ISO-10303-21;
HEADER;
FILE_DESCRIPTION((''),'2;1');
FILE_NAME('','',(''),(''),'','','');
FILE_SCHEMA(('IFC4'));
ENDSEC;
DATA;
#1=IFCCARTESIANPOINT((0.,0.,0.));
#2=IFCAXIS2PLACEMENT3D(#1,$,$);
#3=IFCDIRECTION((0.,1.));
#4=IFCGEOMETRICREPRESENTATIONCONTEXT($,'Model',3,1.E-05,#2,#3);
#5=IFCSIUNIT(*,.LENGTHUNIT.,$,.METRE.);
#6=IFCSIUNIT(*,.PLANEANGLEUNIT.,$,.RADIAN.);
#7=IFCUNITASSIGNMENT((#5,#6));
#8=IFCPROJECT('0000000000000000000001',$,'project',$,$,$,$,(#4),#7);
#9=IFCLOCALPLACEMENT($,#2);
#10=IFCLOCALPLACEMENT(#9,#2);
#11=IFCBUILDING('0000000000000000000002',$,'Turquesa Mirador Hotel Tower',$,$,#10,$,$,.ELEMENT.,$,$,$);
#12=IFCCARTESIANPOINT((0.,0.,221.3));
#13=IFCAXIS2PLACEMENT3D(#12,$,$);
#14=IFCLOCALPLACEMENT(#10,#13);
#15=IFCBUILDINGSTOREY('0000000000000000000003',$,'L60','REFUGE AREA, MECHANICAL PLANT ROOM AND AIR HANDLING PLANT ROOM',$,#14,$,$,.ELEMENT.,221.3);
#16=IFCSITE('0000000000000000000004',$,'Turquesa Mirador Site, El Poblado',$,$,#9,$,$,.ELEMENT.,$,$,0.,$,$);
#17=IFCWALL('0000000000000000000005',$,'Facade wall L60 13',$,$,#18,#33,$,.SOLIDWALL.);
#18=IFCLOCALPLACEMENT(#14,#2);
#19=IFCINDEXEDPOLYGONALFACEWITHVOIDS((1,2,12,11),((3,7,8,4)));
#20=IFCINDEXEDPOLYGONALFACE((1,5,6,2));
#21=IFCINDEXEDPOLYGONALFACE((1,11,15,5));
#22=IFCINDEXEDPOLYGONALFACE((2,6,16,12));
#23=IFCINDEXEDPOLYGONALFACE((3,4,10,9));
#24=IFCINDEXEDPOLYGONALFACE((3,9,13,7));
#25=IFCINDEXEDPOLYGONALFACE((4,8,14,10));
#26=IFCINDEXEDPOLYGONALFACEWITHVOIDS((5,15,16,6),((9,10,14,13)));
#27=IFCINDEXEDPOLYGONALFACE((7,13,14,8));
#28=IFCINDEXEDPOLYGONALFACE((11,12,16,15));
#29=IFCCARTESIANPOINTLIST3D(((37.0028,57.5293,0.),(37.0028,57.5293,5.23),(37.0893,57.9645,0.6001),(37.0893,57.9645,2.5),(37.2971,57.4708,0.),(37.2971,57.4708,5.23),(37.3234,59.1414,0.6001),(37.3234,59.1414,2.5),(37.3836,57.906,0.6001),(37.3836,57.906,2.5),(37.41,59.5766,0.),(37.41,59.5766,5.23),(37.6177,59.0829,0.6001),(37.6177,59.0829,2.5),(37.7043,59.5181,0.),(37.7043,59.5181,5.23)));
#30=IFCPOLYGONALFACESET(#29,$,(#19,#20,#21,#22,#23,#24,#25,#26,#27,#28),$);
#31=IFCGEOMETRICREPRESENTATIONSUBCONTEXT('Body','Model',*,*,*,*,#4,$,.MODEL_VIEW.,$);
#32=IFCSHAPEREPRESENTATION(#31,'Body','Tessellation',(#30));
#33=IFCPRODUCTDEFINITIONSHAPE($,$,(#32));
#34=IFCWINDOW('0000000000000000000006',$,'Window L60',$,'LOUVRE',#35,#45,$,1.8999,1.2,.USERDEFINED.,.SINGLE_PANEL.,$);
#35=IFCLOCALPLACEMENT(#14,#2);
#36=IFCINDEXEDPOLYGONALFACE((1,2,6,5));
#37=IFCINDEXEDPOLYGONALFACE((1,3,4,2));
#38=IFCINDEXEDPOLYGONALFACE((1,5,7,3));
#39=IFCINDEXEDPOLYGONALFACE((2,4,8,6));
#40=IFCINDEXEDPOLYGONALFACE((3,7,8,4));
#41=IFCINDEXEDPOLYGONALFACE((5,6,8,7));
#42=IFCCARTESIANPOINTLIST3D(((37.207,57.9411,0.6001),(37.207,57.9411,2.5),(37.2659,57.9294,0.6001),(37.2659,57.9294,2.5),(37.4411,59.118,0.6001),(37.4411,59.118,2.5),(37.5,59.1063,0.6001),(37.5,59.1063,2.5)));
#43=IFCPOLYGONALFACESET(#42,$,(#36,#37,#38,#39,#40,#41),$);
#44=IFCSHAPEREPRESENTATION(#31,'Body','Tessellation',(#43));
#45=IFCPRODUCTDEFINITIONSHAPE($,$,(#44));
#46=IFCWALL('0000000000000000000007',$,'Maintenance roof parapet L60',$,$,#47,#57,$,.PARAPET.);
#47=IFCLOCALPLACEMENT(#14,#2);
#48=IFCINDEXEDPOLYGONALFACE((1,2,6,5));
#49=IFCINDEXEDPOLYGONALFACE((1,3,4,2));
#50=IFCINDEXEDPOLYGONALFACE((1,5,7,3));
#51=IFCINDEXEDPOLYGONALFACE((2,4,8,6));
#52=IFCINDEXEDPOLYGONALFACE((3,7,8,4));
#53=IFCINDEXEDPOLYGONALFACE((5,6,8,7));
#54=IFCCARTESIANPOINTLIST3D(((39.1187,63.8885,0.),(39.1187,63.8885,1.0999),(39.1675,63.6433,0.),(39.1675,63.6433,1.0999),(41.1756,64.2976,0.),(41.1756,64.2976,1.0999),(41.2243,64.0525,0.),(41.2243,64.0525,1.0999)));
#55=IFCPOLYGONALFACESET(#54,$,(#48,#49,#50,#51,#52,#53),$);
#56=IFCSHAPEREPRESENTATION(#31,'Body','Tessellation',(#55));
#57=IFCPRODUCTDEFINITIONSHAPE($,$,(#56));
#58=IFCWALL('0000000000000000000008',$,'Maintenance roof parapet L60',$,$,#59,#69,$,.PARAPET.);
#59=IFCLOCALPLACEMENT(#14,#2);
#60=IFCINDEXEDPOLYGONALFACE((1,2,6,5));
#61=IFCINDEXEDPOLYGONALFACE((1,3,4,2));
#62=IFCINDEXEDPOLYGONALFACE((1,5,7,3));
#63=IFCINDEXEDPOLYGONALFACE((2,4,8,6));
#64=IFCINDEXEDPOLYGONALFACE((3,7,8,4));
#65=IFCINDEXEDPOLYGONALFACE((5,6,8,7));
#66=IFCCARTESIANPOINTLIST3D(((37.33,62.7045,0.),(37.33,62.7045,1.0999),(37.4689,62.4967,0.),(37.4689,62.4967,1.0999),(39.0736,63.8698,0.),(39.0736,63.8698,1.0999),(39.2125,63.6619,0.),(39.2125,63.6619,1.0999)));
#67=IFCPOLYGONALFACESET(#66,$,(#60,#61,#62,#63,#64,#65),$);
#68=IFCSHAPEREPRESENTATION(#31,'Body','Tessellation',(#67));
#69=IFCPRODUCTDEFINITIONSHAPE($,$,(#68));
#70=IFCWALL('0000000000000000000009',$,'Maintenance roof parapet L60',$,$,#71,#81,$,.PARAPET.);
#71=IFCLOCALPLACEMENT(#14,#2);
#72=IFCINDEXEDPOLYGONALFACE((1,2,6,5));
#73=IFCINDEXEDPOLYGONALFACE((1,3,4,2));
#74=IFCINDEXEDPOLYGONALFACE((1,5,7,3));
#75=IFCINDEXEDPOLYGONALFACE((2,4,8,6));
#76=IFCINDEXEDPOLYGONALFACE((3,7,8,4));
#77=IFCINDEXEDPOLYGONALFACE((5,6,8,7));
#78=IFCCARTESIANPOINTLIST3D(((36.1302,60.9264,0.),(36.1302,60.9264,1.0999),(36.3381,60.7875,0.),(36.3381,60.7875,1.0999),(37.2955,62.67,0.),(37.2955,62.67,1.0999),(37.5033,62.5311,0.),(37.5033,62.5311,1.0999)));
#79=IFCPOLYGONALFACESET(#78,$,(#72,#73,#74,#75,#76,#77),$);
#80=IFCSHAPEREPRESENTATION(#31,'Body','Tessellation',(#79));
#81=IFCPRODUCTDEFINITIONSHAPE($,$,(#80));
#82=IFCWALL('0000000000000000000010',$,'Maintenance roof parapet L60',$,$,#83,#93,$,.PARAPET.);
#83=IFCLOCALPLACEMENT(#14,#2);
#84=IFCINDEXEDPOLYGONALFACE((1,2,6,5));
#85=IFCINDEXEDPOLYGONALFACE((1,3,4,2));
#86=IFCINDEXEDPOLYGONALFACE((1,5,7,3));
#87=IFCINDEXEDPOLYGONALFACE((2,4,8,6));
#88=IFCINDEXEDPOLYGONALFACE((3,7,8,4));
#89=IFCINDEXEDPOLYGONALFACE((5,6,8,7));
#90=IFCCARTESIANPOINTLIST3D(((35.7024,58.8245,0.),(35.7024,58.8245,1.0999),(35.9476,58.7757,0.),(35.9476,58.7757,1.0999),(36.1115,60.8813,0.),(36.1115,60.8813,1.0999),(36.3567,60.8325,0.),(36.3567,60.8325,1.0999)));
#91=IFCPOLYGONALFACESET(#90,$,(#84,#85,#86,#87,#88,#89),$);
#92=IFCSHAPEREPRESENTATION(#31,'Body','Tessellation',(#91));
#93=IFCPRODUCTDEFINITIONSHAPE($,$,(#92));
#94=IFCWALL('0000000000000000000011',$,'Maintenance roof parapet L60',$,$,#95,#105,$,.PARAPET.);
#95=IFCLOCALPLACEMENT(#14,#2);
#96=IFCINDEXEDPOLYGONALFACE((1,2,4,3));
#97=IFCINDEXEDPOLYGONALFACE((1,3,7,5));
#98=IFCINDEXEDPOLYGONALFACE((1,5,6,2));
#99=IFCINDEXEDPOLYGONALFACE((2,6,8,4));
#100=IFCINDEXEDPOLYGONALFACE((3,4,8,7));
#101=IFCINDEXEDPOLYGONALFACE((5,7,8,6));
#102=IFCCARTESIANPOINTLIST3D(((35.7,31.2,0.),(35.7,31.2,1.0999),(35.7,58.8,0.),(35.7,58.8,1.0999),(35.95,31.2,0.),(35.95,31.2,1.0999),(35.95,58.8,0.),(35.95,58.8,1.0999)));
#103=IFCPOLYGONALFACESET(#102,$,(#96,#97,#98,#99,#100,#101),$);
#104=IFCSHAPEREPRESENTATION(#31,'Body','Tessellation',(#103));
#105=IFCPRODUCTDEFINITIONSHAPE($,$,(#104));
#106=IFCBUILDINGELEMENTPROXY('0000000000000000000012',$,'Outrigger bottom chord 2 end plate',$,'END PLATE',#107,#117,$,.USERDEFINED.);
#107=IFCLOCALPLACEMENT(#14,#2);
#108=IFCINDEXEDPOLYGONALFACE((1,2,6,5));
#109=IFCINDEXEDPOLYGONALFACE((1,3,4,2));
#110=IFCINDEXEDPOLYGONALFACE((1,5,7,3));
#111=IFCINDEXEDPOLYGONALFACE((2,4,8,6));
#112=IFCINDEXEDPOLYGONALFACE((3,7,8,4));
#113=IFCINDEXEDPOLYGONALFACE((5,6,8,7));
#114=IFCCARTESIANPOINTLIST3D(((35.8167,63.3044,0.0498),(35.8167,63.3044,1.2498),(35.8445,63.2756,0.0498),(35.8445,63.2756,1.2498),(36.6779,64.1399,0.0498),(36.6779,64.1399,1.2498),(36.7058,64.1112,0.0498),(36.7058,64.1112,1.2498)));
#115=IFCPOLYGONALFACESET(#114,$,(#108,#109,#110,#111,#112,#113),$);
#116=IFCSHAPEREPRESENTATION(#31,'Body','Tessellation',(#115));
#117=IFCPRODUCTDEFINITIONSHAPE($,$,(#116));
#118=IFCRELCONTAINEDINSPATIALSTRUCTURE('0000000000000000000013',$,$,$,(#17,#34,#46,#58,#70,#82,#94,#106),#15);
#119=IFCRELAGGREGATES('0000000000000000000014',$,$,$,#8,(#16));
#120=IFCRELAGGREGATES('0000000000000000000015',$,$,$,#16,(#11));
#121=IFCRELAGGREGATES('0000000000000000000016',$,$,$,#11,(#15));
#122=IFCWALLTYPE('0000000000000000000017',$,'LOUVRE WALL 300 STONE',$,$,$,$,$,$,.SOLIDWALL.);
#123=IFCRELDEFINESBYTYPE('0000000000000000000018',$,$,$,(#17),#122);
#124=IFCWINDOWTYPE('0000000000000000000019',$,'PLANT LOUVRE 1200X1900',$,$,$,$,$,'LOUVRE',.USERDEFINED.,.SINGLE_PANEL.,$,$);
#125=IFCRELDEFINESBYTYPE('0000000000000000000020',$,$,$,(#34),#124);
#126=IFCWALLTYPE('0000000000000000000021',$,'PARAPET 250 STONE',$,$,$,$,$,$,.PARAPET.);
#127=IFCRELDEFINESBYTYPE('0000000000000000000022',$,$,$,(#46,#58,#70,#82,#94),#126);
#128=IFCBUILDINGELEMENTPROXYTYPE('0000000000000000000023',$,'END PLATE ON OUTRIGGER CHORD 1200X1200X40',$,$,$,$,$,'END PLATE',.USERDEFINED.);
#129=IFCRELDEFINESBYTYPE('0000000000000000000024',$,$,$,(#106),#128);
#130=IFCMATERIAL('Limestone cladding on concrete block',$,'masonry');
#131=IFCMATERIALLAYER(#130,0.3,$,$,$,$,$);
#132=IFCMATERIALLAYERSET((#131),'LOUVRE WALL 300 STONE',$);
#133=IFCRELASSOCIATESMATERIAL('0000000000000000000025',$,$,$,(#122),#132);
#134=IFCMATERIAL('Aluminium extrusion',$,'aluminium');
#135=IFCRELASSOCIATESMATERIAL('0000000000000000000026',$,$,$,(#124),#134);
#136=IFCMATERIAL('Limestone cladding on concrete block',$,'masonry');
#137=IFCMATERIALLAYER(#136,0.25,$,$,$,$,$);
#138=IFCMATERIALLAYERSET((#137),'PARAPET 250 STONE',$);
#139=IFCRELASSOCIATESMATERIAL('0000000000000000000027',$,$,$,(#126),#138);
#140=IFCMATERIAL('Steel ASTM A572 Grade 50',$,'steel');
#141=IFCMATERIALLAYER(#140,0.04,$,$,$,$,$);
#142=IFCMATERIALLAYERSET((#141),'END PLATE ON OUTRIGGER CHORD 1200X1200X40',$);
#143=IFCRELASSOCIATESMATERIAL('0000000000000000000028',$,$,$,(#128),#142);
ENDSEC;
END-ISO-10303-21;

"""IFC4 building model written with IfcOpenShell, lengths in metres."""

from ifc_helpers import new_model, si_unit, direction, frame, frame_2d, origin, origin_2d, place, context, subcontext, project, spatial, rectangle, extrude, material, layer, layer_set, type_object, element, fill, save


model = new_model("IFC4")

# Units and contexts
model_context = context("Model", 3, precision=1e-05, world=origin(), true_north=direction((0.0, 1.0)))
body_context = subcontext(model_context, "Body", "Model", "MODEL_VIEW")
ifc_project = project(units=[si_unit("LENGTHUNIT", "METRE"), si_unit("PLANEANGLEUNIT", "RADIAN")], contexts=[model_context])

# Site, building, storey
site_placement = place(None, origin())
site = spatial("IfcSite", under=ifc_project, at=site_placement, Name="Turquesa Mirador Site, El Poblado", CompositionType="ELEMENT", RefElevation=0.0)
building_placement = place(site_placement, origin())
building = spatial("IfcBuilding", under=site, at=building_placement, Name="Turquesa Mirador Hotel Tower", CompositionType="ELEMENT")
storey_placement = place(building_placement, frame((0.0, 0.0, 221.3)))
storey = spatial("IfcBuildingStorey", under=building, at=storey_placement, Name="L60", Description="REFUGE AREA, MECHANICAL PLANT ROOM AND AIR HANDLING PLANT ROOM", CompositionType="ELEMENT", Elevation=221.3)

# Shared definitions
ifc_material_1 = material(Name="Limestone cladding on concrete block", Category="masonry")
ifc_layer_1 = layer(ifc_material_1, 0.3)
ifc_layer_set_1 = layer_set([ifc_layer_1], Name="LOUVRE WALL 300 STONE")
wall_type_1 = type_object("IfcWallType", Name="LOUVRE WALL 300 STONE", PredefinedType="SOLIDWALL", material=ifc_layer_set_1)

# Wall, opening, window
wall_1_placement = place(storey_placement, frame((37.5571, 59.5474, 0.0), z_axis=(0.0, 0.0, 1.0), x_axis=(-0.195081, -0.980787, 0.0)))
wall_1 = element("IfcWall", 1, at=wall_1_placement, inside=storey, type_object=wall_type_1, Name="Facade wall L60 13", PredefinedType="SOLIDWALL", context=body_context, shape_type="SweptSolid", body=[
    extrude(rectangle(XDim=2.0874, YDim=0.3, at=frame_2d((1.0437, 0.0))), origin(), (0.0, 0.0, 1.0), 5.23),
])
opening_1_placement = place(wall_1_placement, frame((0.4436, 0.0, 0.6001)))
opening_1 = element("IfcOpeningElement", 2, at=opening_1_placement, cuts=wall_1, PredefinedType="OPENING", context=body_context, shape_type="SweptSolid", body=[
    extrude(rectangle(XDim=1.2, YDim=1.8999, at=frame_2d((0.6001, 0.95))), frame((0.0, 0.1599, 0.0), z_axis=(0.0, -1.0, 0.0), x_axis=(1.0, 0.0, 0.0)), (0.0, 0.0, 1.0), 0.3201),
])
ifc_material_2 = material(Name="Aluminium extrusion", Category="aluminium")
window_type_1 = type_object("IfcWindowType", Name="PLANT LOUVRE 1200X1900", ElementType="LOUVRE", PartitioningType="SINGLE_PANEL", PredefinedType="USERDEFINED", material=ifc_material_2)
window_1_placement = place(opening_1_placement, origin())
window_1 = element("IfcWindow", 3, at=window_1_placement, inside=storey, type_object=window_type_1, Name="Window L60", ObjectType="LOUVRE", OverallHeight=1.8999, OverallWidth=1.2, PartitioningType="SINGLE_PANEL", PredefinedType="USERDEFINED", context=body_context, shape_type="SweptSolid", body=[
    extrude(rectangle(XDim=1.2, YDim=1.8999, at=frame_2d((0.6001, 0.95))), frame((0.0, 0.03, 0.0), z_axis=(0.0, -1.0, 0.0), x_axis=(1.0, 0.0, 0.0)), (0.0, 0.0, 1.0), 0.0601),
])
fill(opening_1, window_1)

# Walls
ifc_material_3 = material(Name="Limestone cladding on concrete block", Category="masonry")
ifc_layer_2 = layer(ifc_material_3, 0.25)
ifc_layer_set_2 = layer_set([ifc_layer_2], Name="PARAPET 250 STONE")
wall_type_2 = type_object("IfcWallType", Name="PARAPET 250 STONE", PredefinedType="PARAPET", material=ifc_layer_set_2)
for number, where, z_axis, x_axis, name in (
    (4, (41.2, 64.175, 0.0), (0.0, 0.0, 1.0), (-0.980782, -0.195109, 0.0), "Maintenance roof parapet L60"),
    (5, (39.1431, 63.7659, 0.0), (0.0, 0.0, 1.0), (-0.831423, -0.55564, 0.0), "Maintenance roof parapet L60"),
    (6, (37.3994, 62.6006, 0.0), (0.0, 0.0, 1.0), (-0.55564, -0.831423, 0.0), "Maintenance roof parapet L60"),
    (7, (36.2341, 60.8569, 0.0), (0.0, 0.0, 1.0), (-0.195109, -0.980782, 0.0), "Maintenance roof parapet L60"),
):
    element("IfcWall", number, at=place(storey_placement, frame(where, z_axis=z_axis, x_axis=x_axis)), inside=storey, type_object=wall_type_2, Name=name, PredefinedType="PARAPET", context=body_context, shape_type="SweptSolid", body=[
        extrude(rectangle(XDim=2.0972, YDim=0.25, at=frame_2d((1.0486, 0.0))), origin(), (0.0, 0.0, 1.0), 1.0999),
    ])
wall_2_placement = place(storey_placement, frame((35.825, 58.8, 0.0), z_axis=(0.0, 0.0, 1.0), x_axis=(0.0, -1.0, 0.0)))
element("IfcWall", 8, at=wall_2_placement, inside=storey, type_object=wall_type_2, Name="Maintenance roof parapet L60", PredefinedType="PARAPET", context=body_context, shape_type="SweptSolid", body=[
    extrude(rectangle(XDim=27.6001, YDim=0.25, at=frame_2d((13.8, 0.0))), origin(), (0.0, 0.0, 1.0), 1.0999),
])

# Building element proxy
ifc_material_4 = material(Name="Steel ASTM A572 Grade 50", Category="steel")
ifc_layer_3 = layer(ifc_material_4, 0.04)
ifc_layer_set_3 = layer_set([ifc_layer_3], Name="END PLATE ON OUTRIGGER CHORD 1200X1200X40")
building_element_proxy_type = type_object("IfcBuildingElementProxyType", Name="END PLATE ON OUTRIGGER CHORD 1200X1200X40", ElementType="END PLATE", PredefinedType="USERDEFINED", material=ifc_layer_set_3)
proxy_placement = place(storey_placement, frame((36.2612, 63.7078, 0.0498), z_axis=(0.0, 0.0, 1.0), x_axis=(-0.696306, 0.717745, 0.0)))
element("IfcBuildingElementProxy", 9, at=proxy_placement, inside=storey, type_object=building_element_proxy_type, Name="Outrigger bottom chord 2 end plate", ObjectType="END PLATE", PredefinedType="USERDEFINED", context=body_context, shape_type="SweptSolid", body=[
    extrude(rectangle(XDim=0.04, YDim=1.2, at=origin_2d()), origin(), (0.0, 0.0, 1.0), 1.2),
])

save(model, "model.ifc")
